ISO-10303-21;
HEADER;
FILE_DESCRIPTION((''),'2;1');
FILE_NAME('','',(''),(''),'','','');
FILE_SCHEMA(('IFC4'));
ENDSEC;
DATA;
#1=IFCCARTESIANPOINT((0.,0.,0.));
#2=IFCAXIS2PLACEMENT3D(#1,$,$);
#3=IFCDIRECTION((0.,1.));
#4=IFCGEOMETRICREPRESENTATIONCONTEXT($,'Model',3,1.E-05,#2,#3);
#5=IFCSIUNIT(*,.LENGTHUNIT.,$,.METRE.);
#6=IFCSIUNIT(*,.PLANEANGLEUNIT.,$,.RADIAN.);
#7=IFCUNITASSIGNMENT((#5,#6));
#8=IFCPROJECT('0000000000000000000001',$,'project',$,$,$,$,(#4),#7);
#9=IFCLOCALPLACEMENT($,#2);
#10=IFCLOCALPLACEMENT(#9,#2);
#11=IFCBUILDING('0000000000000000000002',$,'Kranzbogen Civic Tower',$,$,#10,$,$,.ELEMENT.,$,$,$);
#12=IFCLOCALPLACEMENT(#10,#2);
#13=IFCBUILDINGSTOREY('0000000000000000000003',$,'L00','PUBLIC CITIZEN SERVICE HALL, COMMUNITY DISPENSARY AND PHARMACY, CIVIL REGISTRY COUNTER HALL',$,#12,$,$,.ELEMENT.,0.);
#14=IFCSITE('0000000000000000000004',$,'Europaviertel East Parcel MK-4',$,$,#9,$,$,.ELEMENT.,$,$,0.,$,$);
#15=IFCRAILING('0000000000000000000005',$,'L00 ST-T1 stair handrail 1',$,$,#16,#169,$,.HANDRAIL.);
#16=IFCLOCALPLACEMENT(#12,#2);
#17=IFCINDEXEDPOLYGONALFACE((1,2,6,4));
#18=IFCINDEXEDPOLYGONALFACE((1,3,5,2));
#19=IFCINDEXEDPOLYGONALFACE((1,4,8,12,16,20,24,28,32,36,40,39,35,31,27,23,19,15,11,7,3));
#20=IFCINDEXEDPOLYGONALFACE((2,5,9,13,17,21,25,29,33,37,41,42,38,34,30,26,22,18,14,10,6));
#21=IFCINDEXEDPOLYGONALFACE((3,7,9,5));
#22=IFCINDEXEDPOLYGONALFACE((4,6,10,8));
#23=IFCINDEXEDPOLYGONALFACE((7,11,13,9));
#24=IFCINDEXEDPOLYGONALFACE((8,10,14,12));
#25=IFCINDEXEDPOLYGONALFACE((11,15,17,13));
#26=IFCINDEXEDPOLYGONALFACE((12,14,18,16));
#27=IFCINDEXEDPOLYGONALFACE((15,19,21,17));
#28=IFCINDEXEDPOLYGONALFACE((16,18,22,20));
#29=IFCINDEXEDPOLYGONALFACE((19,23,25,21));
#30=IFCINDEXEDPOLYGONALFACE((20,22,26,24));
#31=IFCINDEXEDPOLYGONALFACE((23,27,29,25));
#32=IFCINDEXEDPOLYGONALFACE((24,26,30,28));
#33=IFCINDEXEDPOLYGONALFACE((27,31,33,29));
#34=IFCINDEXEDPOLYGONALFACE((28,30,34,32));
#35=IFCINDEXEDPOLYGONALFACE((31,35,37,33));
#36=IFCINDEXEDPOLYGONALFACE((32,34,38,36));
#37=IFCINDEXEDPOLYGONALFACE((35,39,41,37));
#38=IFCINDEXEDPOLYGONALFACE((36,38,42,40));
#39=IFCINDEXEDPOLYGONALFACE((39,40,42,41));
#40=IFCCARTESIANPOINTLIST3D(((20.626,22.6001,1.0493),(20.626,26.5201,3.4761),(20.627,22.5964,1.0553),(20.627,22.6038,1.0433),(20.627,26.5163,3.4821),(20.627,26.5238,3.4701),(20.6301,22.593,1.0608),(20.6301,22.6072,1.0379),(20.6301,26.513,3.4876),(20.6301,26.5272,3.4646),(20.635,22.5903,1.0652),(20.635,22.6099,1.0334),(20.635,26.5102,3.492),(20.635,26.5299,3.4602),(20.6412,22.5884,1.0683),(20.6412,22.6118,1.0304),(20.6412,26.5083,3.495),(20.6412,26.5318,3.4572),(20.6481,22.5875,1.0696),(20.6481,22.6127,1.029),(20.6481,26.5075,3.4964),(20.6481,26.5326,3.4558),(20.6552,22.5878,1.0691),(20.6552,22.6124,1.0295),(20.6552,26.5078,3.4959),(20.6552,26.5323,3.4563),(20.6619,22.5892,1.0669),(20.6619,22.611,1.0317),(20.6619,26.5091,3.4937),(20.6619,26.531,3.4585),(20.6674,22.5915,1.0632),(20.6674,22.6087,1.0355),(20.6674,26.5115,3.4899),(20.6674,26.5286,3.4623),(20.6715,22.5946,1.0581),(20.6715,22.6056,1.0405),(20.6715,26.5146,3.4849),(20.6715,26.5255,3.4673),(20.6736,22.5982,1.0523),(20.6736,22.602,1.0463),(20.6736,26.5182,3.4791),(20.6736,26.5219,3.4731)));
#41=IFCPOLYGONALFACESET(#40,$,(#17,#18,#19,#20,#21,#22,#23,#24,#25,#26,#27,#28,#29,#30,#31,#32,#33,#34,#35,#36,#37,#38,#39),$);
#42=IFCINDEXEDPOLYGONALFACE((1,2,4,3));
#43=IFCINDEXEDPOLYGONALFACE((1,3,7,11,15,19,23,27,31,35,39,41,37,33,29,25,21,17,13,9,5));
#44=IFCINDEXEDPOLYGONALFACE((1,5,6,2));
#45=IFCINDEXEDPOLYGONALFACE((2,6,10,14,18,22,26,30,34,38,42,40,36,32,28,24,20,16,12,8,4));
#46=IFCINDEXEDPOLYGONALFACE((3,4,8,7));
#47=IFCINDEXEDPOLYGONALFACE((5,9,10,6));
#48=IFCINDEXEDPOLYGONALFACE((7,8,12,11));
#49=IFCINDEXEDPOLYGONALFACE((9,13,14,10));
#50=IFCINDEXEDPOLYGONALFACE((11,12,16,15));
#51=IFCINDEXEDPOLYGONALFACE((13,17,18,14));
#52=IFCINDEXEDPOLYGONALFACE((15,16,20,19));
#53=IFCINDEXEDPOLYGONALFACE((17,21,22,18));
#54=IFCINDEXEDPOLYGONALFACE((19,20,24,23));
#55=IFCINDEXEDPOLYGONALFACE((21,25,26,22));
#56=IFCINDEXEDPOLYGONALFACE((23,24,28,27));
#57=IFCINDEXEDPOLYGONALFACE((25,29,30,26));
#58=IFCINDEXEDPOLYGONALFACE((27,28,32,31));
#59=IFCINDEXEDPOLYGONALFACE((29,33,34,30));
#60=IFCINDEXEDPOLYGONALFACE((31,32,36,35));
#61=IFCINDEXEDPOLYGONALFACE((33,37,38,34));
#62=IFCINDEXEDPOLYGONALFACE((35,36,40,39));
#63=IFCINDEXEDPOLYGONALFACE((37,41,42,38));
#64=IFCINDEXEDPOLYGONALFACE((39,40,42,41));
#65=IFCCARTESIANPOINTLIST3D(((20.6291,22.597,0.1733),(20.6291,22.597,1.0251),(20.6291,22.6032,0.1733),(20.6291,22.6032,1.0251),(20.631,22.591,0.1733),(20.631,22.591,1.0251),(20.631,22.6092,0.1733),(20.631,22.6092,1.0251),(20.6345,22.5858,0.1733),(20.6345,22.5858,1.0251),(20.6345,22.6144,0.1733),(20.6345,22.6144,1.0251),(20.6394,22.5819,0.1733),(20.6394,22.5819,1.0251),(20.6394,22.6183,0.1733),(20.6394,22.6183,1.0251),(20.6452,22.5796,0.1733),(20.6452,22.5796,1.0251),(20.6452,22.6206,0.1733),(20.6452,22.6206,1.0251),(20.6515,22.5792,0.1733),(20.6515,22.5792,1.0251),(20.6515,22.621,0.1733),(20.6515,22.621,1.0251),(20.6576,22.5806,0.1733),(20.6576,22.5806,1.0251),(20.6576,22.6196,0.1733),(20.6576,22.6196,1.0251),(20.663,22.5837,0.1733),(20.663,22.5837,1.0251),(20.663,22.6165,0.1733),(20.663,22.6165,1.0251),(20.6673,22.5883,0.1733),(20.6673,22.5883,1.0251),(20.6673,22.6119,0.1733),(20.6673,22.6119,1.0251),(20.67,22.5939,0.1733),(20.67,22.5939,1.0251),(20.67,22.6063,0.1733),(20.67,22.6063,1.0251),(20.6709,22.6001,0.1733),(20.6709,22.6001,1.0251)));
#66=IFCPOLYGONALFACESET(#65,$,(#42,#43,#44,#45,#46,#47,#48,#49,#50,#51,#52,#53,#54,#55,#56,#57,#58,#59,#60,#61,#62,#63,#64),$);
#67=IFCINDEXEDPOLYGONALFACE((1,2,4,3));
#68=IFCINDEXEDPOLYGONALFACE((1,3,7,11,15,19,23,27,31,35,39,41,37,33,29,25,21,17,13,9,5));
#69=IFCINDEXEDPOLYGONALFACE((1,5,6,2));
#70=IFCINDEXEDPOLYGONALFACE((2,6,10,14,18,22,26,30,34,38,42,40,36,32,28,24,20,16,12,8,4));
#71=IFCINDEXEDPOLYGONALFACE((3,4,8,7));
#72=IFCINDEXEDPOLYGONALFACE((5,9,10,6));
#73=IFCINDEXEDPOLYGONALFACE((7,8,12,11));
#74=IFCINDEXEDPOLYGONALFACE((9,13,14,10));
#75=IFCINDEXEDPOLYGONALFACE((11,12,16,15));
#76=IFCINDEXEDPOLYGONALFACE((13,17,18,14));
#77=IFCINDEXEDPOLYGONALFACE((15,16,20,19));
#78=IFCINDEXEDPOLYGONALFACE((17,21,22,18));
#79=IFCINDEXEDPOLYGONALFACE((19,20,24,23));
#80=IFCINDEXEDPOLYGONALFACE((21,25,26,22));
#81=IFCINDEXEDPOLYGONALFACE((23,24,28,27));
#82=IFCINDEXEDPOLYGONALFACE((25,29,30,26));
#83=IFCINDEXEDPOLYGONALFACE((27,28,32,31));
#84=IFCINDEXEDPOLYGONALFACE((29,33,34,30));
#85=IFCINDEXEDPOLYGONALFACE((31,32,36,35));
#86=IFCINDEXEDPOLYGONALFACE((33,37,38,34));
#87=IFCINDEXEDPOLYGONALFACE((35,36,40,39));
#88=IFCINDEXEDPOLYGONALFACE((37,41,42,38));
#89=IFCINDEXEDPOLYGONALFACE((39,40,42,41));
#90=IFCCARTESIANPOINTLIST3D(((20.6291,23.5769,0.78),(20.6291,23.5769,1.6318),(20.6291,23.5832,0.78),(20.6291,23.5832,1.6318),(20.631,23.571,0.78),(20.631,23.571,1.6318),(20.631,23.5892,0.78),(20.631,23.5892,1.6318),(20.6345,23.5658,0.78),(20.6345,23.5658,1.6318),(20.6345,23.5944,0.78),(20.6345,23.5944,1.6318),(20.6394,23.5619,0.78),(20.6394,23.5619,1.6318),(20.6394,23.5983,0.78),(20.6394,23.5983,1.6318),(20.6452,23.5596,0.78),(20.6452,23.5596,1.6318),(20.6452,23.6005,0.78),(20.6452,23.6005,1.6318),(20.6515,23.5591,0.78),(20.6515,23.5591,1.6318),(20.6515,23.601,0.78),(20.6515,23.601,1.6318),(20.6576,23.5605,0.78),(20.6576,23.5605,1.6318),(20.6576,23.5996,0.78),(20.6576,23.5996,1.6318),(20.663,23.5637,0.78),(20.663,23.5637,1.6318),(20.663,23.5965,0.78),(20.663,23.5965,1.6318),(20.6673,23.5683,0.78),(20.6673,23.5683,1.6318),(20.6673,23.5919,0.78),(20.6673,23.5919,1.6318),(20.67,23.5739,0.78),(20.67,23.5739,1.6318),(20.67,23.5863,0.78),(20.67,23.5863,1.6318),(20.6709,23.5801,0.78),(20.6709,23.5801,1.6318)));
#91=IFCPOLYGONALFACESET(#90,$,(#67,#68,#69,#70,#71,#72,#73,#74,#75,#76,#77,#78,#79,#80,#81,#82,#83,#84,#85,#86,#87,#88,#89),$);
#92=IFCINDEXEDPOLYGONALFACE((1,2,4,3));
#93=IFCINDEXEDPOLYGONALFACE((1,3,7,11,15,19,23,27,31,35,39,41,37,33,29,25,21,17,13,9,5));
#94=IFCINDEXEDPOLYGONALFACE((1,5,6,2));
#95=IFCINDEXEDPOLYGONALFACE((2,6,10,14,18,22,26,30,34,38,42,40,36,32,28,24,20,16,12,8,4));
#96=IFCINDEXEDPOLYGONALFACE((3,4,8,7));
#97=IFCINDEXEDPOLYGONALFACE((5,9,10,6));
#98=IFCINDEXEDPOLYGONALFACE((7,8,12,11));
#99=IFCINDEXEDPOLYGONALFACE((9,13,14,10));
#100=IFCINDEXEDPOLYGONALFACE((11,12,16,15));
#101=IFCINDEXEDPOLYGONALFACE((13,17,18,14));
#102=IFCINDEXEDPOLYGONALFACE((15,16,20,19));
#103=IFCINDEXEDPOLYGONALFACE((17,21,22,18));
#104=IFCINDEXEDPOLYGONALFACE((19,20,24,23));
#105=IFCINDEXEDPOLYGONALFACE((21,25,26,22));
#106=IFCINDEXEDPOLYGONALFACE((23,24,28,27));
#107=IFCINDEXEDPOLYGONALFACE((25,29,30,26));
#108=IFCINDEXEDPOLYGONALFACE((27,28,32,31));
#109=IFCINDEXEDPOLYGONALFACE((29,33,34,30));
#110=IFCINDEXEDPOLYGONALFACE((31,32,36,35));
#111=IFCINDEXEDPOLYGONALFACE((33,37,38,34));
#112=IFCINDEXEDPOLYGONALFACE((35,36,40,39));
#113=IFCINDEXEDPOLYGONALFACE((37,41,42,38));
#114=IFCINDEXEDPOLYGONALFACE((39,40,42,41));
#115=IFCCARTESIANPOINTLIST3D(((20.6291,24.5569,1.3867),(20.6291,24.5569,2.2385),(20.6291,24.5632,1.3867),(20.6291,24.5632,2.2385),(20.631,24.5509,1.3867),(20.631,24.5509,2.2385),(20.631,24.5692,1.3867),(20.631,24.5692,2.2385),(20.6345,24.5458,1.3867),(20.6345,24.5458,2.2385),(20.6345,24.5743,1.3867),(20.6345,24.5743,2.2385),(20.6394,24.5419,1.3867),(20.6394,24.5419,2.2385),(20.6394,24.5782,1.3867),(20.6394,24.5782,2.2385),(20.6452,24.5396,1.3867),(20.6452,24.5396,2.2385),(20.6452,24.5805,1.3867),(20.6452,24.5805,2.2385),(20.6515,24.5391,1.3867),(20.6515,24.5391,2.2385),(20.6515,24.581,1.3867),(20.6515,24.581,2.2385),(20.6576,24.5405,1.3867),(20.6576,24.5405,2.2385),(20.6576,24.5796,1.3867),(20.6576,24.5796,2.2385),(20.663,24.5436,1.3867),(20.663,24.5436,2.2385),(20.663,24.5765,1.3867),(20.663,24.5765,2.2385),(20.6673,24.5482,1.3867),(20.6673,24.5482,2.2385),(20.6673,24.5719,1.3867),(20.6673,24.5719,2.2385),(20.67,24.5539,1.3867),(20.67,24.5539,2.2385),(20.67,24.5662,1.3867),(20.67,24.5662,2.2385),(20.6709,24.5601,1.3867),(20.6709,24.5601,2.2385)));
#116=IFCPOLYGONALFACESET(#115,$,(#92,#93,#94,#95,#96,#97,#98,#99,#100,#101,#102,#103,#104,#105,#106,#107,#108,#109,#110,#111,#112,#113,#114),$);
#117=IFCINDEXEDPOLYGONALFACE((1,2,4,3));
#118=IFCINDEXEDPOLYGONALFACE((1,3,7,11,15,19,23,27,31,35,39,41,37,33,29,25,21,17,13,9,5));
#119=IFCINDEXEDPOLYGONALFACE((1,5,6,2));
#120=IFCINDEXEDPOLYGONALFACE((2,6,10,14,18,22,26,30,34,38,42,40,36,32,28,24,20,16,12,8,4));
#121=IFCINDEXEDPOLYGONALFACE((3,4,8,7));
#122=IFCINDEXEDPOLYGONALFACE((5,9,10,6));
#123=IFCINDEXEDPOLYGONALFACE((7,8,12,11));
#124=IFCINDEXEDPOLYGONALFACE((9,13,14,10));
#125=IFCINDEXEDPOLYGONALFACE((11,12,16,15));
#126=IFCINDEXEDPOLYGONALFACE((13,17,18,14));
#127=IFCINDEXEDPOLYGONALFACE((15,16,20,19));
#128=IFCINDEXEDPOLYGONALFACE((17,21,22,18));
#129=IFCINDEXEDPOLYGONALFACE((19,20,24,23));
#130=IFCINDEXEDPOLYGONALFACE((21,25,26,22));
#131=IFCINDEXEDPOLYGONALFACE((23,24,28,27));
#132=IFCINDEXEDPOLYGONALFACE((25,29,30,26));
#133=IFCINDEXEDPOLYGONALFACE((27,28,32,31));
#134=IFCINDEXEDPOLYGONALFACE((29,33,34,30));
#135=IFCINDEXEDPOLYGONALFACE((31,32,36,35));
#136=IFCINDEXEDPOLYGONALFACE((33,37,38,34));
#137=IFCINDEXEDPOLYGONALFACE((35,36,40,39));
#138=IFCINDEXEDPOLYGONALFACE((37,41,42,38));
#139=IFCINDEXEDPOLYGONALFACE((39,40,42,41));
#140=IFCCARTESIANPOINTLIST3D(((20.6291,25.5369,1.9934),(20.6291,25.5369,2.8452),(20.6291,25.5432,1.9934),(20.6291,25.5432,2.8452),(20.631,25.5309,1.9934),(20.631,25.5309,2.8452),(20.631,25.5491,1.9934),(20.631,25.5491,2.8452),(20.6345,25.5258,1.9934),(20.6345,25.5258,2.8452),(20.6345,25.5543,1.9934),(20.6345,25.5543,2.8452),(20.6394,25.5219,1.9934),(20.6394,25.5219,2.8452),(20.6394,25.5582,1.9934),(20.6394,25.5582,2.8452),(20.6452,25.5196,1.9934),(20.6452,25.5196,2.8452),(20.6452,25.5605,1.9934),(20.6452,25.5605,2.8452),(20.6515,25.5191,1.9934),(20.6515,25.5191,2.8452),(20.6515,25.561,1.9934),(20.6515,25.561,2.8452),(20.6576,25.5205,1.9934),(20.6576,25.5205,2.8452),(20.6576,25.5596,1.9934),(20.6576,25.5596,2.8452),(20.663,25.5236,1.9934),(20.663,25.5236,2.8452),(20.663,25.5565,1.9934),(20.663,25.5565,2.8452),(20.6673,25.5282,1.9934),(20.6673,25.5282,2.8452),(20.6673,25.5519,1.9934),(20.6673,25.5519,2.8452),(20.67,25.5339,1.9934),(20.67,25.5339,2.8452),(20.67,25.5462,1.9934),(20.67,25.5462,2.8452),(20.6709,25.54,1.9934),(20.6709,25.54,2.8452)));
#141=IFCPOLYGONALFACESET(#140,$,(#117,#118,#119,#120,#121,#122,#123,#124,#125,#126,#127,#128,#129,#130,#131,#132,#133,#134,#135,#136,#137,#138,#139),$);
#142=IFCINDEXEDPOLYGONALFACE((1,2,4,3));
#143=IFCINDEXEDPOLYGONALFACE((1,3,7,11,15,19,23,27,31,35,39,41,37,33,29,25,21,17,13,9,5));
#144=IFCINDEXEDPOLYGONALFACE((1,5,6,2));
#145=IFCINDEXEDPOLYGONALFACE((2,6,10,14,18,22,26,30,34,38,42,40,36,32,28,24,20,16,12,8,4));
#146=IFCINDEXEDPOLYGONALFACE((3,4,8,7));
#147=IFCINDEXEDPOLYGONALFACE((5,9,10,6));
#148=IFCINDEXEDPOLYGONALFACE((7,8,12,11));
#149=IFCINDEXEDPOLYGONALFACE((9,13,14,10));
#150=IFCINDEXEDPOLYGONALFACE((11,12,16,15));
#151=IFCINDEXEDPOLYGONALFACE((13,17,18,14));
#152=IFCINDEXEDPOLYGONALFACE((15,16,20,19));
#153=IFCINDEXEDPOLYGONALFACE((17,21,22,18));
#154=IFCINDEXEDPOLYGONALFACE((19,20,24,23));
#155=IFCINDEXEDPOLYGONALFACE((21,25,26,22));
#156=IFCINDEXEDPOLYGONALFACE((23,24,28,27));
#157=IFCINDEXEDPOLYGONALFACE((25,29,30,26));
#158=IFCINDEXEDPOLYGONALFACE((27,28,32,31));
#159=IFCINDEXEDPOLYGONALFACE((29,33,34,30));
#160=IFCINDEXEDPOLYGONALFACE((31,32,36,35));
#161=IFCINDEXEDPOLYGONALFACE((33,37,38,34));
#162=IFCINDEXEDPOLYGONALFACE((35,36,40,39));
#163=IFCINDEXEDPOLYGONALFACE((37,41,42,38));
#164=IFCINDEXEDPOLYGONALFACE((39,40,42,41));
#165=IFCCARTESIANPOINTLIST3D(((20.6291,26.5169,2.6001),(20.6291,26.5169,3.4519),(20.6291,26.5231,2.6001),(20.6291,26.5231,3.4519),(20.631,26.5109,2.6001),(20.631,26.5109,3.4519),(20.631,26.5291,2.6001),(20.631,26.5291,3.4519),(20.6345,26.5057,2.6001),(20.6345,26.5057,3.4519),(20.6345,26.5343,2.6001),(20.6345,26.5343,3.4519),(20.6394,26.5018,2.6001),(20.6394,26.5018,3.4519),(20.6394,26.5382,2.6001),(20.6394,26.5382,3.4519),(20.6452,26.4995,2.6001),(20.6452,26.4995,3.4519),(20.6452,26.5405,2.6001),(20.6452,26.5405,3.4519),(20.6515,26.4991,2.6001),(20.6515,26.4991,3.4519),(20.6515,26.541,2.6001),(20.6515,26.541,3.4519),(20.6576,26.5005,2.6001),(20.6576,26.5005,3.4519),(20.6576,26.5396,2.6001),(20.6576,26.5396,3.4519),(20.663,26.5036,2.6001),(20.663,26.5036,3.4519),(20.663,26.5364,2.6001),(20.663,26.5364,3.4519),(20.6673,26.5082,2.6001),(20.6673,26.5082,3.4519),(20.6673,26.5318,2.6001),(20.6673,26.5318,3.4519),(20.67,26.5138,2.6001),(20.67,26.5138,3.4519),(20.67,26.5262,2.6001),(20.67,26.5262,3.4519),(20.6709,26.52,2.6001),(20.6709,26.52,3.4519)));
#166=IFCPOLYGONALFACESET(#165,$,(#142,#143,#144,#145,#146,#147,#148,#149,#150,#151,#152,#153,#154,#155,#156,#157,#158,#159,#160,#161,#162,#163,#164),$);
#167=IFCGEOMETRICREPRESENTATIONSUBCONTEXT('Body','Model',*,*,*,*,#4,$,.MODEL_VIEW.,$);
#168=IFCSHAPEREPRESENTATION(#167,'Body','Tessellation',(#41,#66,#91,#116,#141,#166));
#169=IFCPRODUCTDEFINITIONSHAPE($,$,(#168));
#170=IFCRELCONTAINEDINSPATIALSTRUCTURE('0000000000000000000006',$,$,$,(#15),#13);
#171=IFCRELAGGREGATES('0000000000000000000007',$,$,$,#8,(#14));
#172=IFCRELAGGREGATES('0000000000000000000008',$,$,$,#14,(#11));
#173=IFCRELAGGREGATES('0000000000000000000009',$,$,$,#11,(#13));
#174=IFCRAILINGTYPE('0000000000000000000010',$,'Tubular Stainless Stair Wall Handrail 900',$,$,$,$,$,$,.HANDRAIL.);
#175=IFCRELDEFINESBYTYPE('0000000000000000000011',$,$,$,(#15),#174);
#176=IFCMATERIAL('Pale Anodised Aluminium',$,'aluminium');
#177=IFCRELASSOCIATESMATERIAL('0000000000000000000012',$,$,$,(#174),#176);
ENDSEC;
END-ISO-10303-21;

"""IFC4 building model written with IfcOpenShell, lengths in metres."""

from ifc_helpers import new_model, si_unit, direction, frame, origin, origin_2d, place, context, subcontext, project, spatial, circle, extrude, material, type_object, element, save


model = new_model("IFC4")

# Units and contexts
model_context = context("Model", 3, precision=1e-05, world=origin(), true_north=direction((0.0, 1.0)))
body_context = subcontext(model_context, "Body", "Model", "MODEL_VIEW")
ifc_project = project(units=[si_unit("LENGTHUNIT", "METRE"), si_unit("PLANEANGLEUNIT", "RADIAN")], contexts=[model_context])

# Site, building, storey
site_placement = place(None, origin())
site = spatial("IfcSite", under=ifc_project, at=site_placement, Name="Europaviertel East Parcel MK-4", CompositionType="ELEMENT", RefElevation=0.0)
building_placement = place(site_placement, origin())
building = spatial("IfcBuilding", under=site, at=building_placement, Name="Kranzbogen Civic Tower", CompositionType="ELEMENT")
storey_placement = place(building_placement, origin())
storey = spatial("IfcBuildingStorey", under=building, at=storey_placement, Name="L00", Description="PUBLIC CITIZEN SERVICE HALL, COMMUNITY DISPENSARY AND PHARMACY, CIVIL REGISTRY COUNTER HALL", CompositionType="ELEMENT", Elevation=0.0)

# Shared definitions
ifc_material_1 = material(Name="Pale Anodised Aluminium", Category="aluminium")

# Railing
railing_type_1 = type_object("IfcRailingType", Name="Tubular Stainless Stair Wall Handrail 900", PredefinedType="HANDRAIL", material=ifc_material_1)
for number, where, name in (
    (1, (20.6499, 22.6001, 0.1733), "L00 ST-T1 stair handrail 1"),
):
    element("IfcRailing", number, at=place(storey_placement, frame(where)), inside=storey, type_object=railing_type_1, Name=name, PredefinedType="HANDRAIL", context=body_context, shape_type="SweptSolid", body=[
        extrude(circle(Radius=0.0239, at=origin_2d()), frame((0.0, 0.0, 0.876), z_axis=(0.0, 0.850252, 0.526376), x_axis=(-1.0, 0.0, 0.0)), (0.0, 0.0, 1.0), 4.6104),
        extrude(circle(Radius=0.021, at=origin_2d()), origin(), (0.0, 0.0, 1.0), 0.8518),
        extrude(circle(Radius=0.021, at=origin_2d()), frame((0.0, 0.98, 0.6067)), (0.0, 0.0, 1.0), 0.8518),
        extrude(circle(Radius=0.021, at=origin_2d()), frame((0.0, 1.96, 1.2134)), (0.0, 0.0, 1.0), 0.8518),
        extrude(circle(Radius=0.021, at=origin_2d()), frame((0.0, 2.9399, 1.8201)), (0.0, 0.0, 1.0), 0.8518),
        extrude(circle(Radius=0.021, at=origin_2d()), frame((0.0, 3.9199, 2.4268)), (0.0, 0.0, 1.0), 0.8518),
    ])

save(model, "model.ifc")
